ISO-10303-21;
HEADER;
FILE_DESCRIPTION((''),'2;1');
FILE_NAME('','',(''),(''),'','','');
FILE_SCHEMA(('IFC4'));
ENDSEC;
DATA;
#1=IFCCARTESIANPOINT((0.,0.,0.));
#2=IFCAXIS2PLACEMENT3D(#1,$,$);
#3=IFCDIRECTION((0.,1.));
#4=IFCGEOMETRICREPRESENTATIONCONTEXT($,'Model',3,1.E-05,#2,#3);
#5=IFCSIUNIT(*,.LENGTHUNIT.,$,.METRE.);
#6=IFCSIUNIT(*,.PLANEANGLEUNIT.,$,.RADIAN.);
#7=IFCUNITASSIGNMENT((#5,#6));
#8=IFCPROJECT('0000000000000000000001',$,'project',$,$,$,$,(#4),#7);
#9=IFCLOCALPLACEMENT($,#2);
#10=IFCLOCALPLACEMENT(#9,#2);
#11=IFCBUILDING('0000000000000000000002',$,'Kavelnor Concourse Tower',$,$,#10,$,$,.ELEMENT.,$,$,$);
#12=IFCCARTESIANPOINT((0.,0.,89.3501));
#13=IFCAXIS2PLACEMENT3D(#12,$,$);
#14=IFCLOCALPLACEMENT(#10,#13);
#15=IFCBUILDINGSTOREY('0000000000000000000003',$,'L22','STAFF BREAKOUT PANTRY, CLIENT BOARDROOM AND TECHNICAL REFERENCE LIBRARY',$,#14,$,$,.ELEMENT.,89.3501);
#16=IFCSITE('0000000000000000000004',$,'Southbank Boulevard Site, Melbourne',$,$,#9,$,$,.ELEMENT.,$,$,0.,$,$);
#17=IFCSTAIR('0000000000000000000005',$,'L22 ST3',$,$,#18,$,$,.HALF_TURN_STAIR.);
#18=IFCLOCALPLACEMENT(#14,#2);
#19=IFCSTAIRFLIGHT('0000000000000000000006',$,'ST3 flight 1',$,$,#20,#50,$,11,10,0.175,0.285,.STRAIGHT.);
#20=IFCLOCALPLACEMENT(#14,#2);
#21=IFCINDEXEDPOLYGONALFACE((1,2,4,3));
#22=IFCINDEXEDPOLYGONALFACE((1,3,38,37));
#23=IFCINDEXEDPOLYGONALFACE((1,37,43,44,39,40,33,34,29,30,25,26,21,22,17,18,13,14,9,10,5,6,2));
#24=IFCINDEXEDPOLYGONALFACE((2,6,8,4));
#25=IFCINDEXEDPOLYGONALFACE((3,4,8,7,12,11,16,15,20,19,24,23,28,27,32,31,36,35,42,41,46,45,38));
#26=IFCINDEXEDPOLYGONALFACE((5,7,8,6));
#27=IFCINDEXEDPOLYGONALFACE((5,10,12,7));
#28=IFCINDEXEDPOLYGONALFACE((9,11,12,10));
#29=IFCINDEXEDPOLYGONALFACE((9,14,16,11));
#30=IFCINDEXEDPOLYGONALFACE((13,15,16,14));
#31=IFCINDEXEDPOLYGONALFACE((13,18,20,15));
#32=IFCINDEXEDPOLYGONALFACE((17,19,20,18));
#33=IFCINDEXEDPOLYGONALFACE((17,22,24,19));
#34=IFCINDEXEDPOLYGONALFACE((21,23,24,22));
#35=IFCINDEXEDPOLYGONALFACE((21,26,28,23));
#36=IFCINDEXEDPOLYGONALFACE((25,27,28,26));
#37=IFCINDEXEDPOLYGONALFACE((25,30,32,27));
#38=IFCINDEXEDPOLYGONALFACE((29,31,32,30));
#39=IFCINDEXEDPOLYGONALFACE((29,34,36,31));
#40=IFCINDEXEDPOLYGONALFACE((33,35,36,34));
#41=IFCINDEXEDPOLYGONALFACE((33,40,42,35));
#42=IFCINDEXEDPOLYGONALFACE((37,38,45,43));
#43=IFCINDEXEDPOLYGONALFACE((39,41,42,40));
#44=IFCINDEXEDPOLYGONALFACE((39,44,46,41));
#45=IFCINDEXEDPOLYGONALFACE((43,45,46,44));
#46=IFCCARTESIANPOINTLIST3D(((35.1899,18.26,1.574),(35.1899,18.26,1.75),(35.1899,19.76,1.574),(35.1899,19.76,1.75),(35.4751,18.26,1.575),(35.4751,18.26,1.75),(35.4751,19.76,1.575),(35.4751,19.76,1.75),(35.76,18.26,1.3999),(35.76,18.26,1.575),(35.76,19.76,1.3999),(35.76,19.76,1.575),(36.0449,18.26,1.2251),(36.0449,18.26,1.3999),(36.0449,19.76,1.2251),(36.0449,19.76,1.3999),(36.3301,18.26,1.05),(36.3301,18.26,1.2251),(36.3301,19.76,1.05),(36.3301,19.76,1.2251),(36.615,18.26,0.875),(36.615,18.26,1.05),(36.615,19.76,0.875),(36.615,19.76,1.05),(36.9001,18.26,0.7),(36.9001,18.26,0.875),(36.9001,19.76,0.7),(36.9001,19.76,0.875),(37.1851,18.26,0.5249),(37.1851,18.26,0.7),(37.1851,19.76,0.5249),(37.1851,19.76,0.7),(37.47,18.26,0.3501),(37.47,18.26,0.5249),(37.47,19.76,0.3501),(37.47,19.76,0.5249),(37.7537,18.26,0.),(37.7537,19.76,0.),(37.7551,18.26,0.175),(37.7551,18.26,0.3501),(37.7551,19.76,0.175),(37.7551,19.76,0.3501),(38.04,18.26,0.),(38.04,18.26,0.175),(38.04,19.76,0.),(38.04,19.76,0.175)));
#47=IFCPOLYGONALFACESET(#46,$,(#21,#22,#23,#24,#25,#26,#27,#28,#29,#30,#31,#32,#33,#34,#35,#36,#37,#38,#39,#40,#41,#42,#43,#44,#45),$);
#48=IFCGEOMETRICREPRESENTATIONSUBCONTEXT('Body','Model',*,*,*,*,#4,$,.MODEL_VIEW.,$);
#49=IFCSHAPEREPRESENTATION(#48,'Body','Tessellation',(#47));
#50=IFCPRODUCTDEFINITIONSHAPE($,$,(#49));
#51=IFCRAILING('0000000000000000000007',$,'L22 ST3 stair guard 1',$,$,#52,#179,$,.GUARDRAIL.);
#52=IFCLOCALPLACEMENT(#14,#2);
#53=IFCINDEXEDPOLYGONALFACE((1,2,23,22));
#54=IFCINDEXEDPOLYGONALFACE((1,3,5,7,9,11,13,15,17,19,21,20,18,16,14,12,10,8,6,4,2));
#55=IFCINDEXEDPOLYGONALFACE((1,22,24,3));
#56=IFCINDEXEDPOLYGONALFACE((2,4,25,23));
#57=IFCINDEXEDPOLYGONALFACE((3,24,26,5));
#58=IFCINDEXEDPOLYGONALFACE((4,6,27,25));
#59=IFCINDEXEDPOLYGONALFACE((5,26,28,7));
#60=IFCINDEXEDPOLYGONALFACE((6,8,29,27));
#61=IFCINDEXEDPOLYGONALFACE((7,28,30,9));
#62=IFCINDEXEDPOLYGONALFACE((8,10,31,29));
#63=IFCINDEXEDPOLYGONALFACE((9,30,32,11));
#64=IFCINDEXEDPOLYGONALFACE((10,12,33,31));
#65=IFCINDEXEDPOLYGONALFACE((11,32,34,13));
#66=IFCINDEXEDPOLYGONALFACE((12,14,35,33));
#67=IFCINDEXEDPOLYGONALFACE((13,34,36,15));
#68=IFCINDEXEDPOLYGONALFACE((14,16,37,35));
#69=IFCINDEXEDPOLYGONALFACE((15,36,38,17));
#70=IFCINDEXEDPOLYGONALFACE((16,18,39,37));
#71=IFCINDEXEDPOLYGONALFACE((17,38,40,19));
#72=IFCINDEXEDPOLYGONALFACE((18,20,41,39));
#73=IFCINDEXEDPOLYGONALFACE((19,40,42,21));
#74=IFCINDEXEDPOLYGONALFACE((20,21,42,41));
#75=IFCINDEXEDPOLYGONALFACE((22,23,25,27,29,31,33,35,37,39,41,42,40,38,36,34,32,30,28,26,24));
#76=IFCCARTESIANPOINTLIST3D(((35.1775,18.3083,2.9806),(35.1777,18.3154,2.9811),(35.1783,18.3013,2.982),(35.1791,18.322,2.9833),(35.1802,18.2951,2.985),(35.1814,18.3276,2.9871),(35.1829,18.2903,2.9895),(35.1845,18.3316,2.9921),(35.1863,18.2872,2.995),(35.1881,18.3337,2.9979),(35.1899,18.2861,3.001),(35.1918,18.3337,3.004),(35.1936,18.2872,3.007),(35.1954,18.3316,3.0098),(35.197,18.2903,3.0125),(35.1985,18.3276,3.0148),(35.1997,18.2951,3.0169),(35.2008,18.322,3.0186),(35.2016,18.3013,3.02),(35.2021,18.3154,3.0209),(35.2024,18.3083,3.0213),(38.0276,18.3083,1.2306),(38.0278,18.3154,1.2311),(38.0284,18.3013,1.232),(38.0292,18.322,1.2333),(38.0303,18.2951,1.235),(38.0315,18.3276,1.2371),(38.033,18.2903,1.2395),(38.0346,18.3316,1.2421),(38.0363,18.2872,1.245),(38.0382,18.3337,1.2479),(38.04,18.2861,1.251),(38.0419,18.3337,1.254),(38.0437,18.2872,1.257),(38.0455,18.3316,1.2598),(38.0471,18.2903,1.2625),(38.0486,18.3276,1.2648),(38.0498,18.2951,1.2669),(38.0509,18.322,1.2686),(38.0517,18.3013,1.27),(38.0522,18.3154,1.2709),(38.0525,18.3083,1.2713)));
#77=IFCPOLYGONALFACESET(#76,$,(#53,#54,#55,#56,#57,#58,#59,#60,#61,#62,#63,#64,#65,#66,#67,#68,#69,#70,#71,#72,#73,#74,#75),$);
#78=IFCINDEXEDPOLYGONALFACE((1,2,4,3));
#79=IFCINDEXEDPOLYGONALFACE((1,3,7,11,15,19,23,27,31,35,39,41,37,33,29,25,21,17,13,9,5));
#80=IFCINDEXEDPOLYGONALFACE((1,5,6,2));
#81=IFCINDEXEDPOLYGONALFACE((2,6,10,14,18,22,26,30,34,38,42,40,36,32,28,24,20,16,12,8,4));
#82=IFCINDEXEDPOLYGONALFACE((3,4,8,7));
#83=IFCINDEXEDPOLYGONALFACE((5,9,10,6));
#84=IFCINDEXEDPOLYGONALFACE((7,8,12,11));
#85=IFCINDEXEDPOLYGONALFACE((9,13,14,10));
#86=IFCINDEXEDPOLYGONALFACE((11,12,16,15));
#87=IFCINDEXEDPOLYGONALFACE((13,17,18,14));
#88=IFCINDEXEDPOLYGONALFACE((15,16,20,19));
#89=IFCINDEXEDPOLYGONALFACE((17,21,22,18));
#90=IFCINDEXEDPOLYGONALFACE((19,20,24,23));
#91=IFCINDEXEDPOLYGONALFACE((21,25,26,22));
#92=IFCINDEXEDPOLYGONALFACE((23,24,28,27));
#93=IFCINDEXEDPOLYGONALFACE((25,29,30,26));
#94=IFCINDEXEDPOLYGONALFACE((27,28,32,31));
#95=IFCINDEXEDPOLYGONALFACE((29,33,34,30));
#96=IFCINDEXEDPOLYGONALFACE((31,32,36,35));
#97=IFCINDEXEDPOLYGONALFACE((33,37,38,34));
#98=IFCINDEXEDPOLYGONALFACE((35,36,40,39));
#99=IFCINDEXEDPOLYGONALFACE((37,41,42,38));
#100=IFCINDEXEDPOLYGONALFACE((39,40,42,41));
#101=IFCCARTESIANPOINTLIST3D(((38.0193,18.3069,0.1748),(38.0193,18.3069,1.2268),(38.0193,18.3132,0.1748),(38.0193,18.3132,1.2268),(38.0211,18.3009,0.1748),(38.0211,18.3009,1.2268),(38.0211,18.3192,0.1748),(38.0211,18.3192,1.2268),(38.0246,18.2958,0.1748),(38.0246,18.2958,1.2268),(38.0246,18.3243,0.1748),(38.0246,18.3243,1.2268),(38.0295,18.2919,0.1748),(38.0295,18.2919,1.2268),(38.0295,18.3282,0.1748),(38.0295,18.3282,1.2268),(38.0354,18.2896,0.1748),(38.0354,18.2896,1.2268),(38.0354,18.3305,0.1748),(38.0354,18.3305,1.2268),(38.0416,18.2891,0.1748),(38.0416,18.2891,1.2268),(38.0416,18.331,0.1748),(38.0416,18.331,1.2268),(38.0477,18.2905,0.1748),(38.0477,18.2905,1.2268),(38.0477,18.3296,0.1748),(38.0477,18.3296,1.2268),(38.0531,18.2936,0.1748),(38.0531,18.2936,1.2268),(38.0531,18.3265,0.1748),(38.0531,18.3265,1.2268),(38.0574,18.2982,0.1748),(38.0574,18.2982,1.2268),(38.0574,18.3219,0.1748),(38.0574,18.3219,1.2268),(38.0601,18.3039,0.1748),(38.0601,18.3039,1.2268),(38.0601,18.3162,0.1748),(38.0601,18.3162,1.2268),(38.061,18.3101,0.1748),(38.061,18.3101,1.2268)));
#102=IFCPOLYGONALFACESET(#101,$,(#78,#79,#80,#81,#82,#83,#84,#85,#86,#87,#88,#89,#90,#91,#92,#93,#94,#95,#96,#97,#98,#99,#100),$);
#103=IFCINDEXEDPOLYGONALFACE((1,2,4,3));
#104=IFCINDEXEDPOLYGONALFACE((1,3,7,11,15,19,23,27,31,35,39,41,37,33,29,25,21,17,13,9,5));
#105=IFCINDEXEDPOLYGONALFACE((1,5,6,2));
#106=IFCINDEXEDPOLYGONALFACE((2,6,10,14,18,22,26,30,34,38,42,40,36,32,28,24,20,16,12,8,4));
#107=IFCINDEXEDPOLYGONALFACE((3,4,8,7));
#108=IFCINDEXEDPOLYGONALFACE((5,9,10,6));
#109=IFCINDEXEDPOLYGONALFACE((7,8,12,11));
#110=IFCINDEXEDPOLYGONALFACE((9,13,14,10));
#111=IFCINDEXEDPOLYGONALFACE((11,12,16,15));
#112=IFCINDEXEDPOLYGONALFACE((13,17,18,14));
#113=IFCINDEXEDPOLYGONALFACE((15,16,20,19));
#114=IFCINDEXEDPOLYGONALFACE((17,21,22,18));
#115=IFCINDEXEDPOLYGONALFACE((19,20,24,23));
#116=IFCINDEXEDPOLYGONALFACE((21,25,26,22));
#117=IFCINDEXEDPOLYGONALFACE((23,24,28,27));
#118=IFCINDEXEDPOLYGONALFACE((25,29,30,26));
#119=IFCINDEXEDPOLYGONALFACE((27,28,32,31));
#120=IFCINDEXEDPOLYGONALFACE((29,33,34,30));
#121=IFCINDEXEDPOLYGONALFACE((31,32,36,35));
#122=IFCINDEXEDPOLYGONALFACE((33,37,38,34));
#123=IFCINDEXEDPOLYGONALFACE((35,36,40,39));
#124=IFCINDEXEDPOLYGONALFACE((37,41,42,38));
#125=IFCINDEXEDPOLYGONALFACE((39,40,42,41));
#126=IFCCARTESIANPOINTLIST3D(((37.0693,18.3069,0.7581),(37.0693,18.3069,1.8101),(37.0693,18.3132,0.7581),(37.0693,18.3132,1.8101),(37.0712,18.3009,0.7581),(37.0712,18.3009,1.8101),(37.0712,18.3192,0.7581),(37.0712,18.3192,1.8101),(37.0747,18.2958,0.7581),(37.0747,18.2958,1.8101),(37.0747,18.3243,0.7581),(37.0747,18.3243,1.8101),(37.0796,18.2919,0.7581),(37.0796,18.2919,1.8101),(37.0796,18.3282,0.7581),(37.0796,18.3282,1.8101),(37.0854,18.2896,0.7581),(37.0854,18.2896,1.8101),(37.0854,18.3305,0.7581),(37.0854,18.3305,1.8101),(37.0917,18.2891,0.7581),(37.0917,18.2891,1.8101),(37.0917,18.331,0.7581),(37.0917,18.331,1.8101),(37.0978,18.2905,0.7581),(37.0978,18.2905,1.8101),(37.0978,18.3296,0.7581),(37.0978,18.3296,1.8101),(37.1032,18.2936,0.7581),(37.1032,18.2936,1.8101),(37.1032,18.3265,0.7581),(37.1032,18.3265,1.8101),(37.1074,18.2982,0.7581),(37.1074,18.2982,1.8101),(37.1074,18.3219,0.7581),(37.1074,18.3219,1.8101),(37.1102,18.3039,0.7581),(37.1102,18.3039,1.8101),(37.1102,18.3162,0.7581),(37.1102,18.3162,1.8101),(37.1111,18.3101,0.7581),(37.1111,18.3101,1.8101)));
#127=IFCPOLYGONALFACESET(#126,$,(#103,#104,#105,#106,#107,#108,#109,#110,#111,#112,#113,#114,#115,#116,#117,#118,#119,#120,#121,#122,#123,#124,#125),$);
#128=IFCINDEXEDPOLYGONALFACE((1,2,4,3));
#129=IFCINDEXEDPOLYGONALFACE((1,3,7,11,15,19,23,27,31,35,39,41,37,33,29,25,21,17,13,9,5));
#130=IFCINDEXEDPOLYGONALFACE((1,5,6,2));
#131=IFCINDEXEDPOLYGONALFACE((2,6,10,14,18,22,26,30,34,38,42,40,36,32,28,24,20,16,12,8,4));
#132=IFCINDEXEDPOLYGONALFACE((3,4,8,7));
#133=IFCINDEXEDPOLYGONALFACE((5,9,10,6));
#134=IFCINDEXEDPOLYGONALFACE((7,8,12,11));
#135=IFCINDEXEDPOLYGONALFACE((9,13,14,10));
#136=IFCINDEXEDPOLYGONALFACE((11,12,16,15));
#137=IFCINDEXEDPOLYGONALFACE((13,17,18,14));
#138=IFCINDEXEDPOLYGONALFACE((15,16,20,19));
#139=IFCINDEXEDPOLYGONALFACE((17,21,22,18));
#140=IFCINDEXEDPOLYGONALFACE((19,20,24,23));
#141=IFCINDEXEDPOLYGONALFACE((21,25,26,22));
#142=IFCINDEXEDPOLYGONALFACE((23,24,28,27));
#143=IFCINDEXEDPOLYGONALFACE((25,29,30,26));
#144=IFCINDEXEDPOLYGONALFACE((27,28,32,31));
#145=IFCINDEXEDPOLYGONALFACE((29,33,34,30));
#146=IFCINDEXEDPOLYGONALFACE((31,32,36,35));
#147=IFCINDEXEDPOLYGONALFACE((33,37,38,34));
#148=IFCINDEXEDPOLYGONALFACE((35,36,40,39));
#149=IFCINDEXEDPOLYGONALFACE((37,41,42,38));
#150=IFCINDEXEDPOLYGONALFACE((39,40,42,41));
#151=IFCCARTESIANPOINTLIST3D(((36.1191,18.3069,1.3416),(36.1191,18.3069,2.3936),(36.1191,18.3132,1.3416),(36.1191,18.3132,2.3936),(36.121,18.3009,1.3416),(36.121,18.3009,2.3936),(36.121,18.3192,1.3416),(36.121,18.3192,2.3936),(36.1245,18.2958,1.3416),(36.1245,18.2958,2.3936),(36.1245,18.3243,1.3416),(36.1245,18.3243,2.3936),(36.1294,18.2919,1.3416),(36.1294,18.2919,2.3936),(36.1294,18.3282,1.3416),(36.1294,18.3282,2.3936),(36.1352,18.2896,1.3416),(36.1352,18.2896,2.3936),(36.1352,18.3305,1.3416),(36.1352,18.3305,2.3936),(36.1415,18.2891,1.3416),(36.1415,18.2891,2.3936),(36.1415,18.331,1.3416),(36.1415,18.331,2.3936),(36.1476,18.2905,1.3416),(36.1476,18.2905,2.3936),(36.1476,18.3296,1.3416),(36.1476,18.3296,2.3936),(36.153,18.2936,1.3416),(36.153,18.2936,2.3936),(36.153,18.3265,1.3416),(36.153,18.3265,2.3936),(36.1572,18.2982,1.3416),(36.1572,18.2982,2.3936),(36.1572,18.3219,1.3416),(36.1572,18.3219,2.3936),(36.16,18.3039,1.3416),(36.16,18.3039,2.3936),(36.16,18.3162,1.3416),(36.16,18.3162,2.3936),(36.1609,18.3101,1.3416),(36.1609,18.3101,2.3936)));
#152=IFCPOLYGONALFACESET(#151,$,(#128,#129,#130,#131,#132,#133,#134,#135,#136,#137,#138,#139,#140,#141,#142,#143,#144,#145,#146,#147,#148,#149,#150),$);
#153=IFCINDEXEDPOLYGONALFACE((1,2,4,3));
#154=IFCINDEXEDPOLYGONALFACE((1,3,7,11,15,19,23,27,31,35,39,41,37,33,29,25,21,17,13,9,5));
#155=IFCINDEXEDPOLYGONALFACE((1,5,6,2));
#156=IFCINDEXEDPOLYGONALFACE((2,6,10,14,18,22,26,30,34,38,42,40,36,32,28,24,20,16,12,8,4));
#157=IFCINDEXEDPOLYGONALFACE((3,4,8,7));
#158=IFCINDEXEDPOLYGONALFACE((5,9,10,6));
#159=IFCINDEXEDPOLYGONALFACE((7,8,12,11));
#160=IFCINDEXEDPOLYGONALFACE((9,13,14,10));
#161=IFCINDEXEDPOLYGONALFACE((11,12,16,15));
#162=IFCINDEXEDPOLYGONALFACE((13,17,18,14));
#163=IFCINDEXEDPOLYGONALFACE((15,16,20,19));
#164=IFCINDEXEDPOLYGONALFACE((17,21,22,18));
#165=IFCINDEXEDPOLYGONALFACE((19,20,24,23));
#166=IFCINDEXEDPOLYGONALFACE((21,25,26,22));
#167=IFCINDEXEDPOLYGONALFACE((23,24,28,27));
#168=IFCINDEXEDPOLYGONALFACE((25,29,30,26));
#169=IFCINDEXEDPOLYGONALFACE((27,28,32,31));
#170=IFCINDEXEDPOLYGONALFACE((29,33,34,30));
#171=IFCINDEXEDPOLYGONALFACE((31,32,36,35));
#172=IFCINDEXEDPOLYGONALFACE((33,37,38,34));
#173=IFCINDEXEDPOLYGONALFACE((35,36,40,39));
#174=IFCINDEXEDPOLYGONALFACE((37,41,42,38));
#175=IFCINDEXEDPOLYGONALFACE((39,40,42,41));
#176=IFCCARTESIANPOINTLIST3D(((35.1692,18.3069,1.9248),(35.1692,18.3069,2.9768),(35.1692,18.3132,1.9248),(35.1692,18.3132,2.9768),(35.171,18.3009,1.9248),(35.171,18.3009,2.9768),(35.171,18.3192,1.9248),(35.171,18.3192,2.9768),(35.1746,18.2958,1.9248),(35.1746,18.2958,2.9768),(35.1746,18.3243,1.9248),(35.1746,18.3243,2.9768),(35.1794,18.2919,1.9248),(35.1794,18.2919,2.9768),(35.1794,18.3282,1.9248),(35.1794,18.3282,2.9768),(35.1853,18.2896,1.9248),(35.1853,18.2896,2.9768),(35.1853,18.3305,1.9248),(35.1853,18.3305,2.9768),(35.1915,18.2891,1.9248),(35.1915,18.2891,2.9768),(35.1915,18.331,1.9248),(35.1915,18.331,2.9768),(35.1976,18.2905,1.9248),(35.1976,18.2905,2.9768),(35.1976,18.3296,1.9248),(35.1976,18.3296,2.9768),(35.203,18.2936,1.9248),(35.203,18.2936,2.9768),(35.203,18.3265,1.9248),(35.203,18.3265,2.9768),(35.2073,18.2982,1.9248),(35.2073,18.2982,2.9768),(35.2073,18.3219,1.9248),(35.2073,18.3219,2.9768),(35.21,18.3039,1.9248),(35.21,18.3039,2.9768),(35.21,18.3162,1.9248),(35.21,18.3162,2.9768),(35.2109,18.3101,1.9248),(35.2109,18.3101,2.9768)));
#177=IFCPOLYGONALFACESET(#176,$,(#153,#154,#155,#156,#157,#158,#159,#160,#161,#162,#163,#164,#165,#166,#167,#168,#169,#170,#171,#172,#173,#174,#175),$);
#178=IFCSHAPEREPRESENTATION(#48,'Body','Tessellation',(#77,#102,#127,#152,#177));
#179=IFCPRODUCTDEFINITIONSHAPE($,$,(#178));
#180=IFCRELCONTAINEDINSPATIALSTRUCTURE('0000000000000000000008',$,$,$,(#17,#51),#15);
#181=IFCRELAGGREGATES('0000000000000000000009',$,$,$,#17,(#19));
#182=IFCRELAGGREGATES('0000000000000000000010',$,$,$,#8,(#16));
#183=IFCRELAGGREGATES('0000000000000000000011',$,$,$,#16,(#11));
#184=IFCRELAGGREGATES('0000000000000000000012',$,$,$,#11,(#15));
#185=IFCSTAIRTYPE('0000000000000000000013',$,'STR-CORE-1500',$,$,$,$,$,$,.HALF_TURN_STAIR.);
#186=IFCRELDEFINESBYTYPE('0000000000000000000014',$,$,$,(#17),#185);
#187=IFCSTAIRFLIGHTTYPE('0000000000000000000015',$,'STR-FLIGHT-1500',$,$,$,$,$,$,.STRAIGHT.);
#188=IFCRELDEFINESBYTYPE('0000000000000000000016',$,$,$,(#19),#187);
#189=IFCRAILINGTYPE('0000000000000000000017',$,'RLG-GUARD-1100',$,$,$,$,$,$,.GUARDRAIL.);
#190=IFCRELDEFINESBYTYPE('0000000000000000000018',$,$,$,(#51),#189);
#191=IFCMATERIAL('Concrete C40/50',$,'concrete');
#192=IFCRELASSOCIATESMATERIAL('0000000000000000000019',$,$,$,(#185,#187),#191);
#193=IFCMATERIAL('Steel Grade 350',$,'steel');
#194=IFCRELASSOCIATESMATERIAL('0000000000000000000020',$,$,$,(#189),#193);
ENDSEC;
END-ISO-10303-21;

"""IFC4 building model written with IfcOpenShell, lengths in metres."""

from ifc_helpers import new_model, si_unit, direction, frame, origin, origin_2d, place, context, subcontext, project, spatial, polyline, circle, outline, extrude, material, type_object, element, aggregate, save


model = new_model("IFC4")

# Units and contexts
model_context = context("Model", 3, precision=1e-05, world=origin(), true_north=direction((0.0, 1.0)))
body_context = subcontext(model_context, "Body", "Model", "MODEL_VIEW")
ifc_project = project(units=[si_unit("LENGTHUNIT", "METRE"), si_unit("PLANEANGLEUNIT", "RADIAN")], contexts=[model_context])

# Site, building, storey
site_placement = place(None, origin())
site = spatial("IfcSite", under=ifc_project, at=site_placement, Name="Southbank Boulevard Site, Melbourne", CompositionType="ELEMENT", RefElevation=0.0)
building_placement = place(site_placement, origin())
building = spatial("IfcBuilding", under=site, at=building_placement, Name="Kavelnor Concourse Tower", CompositionType="ELEMENT")
storey_placement = place(building_placement, frame((0.0, 0.0, 89.3501)))
storey = spatial("IfcBuildingStorey", under=building, at=storey_placement, Name="L22", Description="STAFF BREAKOUT PANTRY, CLIENT BOARDROOM AND TECHNICAL REFERENCE LIBRARY", CompositionType="ELEMENT", Elevation=89.3501)

# Shared definitions
ifc_material_1 = material(Name="Steel Grade 350", Category="steel")

# Stair, stair flight
ifc_material_2 = material(Name="Concrete C40/50", Category="concrete")
stair_type = type_object("IfcStairType", Name="STR-CORE-1500", PredefinedType="HALF_TURN_STAIR", material=ifc_material_2)
stair_placement = place(storey_placement, origin())
stair = element("IfcStair", 1, at=stair_placement, inside=storey, type_object=stair_type, Name="L22 ST3", PredefinedType="HALF_TURN_STAIR")
stair_flight_type = type_object("IfcStairFlightType", Name="STR-FLIGHT-1500", PredefinedType="STRAIGHT", material=ifc_material_2)
stair_flight_placement = place(storey_placement, frame((38.04, 19.01, 0.0), z_axis=(0.0, 0.0, 1.0), x_axis=(-1.0, 0.0, 0.0)))
stair_flight = element("IfcStairFlight", 2, at=stair_flight_placement, type_object=stair_flight_type, Name="ST3 flight 1", NumberOfRisers=11, NumberOfTreads=10, PredefinedType="STRAIGHT", RiserHeight=0.175, TreadLength=0.285, context=body_context, shape_type="SweptSolid", body=[
    extrude(outline(polyline([(0.0, 0.0), (0.0, 0.175), (0.2849, 0.175), (0.2849, 0.3501), (0.5701, 0.3501), (0.5701, 0.5249), (0.855, 0.5249), (0.855, 0.7), (1.1399, 0.7), (1.1399, 0.875), (1.425, 0.875), (1.425, 1.05), (1.71, 1.05), (1.71, 1.2251), (1.9951, 1.2251), (1.9951, 1.3999), (2.28, 1.3999), (2.28, 1.575), (2.5649, 1.575), (2.5649, 1.75), (2.8501, 1.75), (2.8501, 1.925), (2.8501, 1.574), (0.2864, 0.0), (0.0, 0.0)])), frame((0.0, 0.75, 0.0), z_axis=(0.0, -1.0, 0.0), x_axis=(1.0, 0.0, 0.0)), (0.0, 0.0, 1.0), 1.5),
])
aggregate(stair, [stair_flight])

# Railing
railing_type_1 = type_object("IfcRailingType", Name="RLG-GUARD-1100", PredefinedType="GUARDRAIL", material=ifc_material_1)
railing_1_placement = place(storey_placement, frame((38.04, 18.3101, 0.1748)))
element("IfcRailing", 3, at=railing_1_placement, inside=storey, type_object=railing_type_1, Name="L22 ST3 stair guard 1", PredefinedType="GUARDRAIL", context=body_context, shape_type="SweptSolid", body=[
    extrude(circle(Radius=0.0239, at=origin_2d()), frame((0.0, 0.0, 1.0762), z_axis=(-0.852179, 0.0, 0.52325), x_axis=(0.0, -1.0, 0.0)), (0.0, 0.0, 1.0), 3.3445),
    extrude(circle(Radius=0.021, at=origin_2d()), origin(), (0.0, 0.0, 1.0), 1.052),
    extrude(circle(Radius=0.021, at=origin_2d()), frame((-0.95, 0.0, 0.5833)), (0.0, 0.0, 1.0), 1.052),
    extrude(circle(Radius=0.021, at=origin_2d()), frame((-1.9001, 0.0, 1.1667)), (0.0, 0.0, 1.0), 1.052),
    extrude(circle(Radius=0.021, at=origin_2d()), frame((-2.8501, 0.0, 1.75)), (0.0, 0.0, 1.0), 1.052),
])

save(model, "model.ifc")
